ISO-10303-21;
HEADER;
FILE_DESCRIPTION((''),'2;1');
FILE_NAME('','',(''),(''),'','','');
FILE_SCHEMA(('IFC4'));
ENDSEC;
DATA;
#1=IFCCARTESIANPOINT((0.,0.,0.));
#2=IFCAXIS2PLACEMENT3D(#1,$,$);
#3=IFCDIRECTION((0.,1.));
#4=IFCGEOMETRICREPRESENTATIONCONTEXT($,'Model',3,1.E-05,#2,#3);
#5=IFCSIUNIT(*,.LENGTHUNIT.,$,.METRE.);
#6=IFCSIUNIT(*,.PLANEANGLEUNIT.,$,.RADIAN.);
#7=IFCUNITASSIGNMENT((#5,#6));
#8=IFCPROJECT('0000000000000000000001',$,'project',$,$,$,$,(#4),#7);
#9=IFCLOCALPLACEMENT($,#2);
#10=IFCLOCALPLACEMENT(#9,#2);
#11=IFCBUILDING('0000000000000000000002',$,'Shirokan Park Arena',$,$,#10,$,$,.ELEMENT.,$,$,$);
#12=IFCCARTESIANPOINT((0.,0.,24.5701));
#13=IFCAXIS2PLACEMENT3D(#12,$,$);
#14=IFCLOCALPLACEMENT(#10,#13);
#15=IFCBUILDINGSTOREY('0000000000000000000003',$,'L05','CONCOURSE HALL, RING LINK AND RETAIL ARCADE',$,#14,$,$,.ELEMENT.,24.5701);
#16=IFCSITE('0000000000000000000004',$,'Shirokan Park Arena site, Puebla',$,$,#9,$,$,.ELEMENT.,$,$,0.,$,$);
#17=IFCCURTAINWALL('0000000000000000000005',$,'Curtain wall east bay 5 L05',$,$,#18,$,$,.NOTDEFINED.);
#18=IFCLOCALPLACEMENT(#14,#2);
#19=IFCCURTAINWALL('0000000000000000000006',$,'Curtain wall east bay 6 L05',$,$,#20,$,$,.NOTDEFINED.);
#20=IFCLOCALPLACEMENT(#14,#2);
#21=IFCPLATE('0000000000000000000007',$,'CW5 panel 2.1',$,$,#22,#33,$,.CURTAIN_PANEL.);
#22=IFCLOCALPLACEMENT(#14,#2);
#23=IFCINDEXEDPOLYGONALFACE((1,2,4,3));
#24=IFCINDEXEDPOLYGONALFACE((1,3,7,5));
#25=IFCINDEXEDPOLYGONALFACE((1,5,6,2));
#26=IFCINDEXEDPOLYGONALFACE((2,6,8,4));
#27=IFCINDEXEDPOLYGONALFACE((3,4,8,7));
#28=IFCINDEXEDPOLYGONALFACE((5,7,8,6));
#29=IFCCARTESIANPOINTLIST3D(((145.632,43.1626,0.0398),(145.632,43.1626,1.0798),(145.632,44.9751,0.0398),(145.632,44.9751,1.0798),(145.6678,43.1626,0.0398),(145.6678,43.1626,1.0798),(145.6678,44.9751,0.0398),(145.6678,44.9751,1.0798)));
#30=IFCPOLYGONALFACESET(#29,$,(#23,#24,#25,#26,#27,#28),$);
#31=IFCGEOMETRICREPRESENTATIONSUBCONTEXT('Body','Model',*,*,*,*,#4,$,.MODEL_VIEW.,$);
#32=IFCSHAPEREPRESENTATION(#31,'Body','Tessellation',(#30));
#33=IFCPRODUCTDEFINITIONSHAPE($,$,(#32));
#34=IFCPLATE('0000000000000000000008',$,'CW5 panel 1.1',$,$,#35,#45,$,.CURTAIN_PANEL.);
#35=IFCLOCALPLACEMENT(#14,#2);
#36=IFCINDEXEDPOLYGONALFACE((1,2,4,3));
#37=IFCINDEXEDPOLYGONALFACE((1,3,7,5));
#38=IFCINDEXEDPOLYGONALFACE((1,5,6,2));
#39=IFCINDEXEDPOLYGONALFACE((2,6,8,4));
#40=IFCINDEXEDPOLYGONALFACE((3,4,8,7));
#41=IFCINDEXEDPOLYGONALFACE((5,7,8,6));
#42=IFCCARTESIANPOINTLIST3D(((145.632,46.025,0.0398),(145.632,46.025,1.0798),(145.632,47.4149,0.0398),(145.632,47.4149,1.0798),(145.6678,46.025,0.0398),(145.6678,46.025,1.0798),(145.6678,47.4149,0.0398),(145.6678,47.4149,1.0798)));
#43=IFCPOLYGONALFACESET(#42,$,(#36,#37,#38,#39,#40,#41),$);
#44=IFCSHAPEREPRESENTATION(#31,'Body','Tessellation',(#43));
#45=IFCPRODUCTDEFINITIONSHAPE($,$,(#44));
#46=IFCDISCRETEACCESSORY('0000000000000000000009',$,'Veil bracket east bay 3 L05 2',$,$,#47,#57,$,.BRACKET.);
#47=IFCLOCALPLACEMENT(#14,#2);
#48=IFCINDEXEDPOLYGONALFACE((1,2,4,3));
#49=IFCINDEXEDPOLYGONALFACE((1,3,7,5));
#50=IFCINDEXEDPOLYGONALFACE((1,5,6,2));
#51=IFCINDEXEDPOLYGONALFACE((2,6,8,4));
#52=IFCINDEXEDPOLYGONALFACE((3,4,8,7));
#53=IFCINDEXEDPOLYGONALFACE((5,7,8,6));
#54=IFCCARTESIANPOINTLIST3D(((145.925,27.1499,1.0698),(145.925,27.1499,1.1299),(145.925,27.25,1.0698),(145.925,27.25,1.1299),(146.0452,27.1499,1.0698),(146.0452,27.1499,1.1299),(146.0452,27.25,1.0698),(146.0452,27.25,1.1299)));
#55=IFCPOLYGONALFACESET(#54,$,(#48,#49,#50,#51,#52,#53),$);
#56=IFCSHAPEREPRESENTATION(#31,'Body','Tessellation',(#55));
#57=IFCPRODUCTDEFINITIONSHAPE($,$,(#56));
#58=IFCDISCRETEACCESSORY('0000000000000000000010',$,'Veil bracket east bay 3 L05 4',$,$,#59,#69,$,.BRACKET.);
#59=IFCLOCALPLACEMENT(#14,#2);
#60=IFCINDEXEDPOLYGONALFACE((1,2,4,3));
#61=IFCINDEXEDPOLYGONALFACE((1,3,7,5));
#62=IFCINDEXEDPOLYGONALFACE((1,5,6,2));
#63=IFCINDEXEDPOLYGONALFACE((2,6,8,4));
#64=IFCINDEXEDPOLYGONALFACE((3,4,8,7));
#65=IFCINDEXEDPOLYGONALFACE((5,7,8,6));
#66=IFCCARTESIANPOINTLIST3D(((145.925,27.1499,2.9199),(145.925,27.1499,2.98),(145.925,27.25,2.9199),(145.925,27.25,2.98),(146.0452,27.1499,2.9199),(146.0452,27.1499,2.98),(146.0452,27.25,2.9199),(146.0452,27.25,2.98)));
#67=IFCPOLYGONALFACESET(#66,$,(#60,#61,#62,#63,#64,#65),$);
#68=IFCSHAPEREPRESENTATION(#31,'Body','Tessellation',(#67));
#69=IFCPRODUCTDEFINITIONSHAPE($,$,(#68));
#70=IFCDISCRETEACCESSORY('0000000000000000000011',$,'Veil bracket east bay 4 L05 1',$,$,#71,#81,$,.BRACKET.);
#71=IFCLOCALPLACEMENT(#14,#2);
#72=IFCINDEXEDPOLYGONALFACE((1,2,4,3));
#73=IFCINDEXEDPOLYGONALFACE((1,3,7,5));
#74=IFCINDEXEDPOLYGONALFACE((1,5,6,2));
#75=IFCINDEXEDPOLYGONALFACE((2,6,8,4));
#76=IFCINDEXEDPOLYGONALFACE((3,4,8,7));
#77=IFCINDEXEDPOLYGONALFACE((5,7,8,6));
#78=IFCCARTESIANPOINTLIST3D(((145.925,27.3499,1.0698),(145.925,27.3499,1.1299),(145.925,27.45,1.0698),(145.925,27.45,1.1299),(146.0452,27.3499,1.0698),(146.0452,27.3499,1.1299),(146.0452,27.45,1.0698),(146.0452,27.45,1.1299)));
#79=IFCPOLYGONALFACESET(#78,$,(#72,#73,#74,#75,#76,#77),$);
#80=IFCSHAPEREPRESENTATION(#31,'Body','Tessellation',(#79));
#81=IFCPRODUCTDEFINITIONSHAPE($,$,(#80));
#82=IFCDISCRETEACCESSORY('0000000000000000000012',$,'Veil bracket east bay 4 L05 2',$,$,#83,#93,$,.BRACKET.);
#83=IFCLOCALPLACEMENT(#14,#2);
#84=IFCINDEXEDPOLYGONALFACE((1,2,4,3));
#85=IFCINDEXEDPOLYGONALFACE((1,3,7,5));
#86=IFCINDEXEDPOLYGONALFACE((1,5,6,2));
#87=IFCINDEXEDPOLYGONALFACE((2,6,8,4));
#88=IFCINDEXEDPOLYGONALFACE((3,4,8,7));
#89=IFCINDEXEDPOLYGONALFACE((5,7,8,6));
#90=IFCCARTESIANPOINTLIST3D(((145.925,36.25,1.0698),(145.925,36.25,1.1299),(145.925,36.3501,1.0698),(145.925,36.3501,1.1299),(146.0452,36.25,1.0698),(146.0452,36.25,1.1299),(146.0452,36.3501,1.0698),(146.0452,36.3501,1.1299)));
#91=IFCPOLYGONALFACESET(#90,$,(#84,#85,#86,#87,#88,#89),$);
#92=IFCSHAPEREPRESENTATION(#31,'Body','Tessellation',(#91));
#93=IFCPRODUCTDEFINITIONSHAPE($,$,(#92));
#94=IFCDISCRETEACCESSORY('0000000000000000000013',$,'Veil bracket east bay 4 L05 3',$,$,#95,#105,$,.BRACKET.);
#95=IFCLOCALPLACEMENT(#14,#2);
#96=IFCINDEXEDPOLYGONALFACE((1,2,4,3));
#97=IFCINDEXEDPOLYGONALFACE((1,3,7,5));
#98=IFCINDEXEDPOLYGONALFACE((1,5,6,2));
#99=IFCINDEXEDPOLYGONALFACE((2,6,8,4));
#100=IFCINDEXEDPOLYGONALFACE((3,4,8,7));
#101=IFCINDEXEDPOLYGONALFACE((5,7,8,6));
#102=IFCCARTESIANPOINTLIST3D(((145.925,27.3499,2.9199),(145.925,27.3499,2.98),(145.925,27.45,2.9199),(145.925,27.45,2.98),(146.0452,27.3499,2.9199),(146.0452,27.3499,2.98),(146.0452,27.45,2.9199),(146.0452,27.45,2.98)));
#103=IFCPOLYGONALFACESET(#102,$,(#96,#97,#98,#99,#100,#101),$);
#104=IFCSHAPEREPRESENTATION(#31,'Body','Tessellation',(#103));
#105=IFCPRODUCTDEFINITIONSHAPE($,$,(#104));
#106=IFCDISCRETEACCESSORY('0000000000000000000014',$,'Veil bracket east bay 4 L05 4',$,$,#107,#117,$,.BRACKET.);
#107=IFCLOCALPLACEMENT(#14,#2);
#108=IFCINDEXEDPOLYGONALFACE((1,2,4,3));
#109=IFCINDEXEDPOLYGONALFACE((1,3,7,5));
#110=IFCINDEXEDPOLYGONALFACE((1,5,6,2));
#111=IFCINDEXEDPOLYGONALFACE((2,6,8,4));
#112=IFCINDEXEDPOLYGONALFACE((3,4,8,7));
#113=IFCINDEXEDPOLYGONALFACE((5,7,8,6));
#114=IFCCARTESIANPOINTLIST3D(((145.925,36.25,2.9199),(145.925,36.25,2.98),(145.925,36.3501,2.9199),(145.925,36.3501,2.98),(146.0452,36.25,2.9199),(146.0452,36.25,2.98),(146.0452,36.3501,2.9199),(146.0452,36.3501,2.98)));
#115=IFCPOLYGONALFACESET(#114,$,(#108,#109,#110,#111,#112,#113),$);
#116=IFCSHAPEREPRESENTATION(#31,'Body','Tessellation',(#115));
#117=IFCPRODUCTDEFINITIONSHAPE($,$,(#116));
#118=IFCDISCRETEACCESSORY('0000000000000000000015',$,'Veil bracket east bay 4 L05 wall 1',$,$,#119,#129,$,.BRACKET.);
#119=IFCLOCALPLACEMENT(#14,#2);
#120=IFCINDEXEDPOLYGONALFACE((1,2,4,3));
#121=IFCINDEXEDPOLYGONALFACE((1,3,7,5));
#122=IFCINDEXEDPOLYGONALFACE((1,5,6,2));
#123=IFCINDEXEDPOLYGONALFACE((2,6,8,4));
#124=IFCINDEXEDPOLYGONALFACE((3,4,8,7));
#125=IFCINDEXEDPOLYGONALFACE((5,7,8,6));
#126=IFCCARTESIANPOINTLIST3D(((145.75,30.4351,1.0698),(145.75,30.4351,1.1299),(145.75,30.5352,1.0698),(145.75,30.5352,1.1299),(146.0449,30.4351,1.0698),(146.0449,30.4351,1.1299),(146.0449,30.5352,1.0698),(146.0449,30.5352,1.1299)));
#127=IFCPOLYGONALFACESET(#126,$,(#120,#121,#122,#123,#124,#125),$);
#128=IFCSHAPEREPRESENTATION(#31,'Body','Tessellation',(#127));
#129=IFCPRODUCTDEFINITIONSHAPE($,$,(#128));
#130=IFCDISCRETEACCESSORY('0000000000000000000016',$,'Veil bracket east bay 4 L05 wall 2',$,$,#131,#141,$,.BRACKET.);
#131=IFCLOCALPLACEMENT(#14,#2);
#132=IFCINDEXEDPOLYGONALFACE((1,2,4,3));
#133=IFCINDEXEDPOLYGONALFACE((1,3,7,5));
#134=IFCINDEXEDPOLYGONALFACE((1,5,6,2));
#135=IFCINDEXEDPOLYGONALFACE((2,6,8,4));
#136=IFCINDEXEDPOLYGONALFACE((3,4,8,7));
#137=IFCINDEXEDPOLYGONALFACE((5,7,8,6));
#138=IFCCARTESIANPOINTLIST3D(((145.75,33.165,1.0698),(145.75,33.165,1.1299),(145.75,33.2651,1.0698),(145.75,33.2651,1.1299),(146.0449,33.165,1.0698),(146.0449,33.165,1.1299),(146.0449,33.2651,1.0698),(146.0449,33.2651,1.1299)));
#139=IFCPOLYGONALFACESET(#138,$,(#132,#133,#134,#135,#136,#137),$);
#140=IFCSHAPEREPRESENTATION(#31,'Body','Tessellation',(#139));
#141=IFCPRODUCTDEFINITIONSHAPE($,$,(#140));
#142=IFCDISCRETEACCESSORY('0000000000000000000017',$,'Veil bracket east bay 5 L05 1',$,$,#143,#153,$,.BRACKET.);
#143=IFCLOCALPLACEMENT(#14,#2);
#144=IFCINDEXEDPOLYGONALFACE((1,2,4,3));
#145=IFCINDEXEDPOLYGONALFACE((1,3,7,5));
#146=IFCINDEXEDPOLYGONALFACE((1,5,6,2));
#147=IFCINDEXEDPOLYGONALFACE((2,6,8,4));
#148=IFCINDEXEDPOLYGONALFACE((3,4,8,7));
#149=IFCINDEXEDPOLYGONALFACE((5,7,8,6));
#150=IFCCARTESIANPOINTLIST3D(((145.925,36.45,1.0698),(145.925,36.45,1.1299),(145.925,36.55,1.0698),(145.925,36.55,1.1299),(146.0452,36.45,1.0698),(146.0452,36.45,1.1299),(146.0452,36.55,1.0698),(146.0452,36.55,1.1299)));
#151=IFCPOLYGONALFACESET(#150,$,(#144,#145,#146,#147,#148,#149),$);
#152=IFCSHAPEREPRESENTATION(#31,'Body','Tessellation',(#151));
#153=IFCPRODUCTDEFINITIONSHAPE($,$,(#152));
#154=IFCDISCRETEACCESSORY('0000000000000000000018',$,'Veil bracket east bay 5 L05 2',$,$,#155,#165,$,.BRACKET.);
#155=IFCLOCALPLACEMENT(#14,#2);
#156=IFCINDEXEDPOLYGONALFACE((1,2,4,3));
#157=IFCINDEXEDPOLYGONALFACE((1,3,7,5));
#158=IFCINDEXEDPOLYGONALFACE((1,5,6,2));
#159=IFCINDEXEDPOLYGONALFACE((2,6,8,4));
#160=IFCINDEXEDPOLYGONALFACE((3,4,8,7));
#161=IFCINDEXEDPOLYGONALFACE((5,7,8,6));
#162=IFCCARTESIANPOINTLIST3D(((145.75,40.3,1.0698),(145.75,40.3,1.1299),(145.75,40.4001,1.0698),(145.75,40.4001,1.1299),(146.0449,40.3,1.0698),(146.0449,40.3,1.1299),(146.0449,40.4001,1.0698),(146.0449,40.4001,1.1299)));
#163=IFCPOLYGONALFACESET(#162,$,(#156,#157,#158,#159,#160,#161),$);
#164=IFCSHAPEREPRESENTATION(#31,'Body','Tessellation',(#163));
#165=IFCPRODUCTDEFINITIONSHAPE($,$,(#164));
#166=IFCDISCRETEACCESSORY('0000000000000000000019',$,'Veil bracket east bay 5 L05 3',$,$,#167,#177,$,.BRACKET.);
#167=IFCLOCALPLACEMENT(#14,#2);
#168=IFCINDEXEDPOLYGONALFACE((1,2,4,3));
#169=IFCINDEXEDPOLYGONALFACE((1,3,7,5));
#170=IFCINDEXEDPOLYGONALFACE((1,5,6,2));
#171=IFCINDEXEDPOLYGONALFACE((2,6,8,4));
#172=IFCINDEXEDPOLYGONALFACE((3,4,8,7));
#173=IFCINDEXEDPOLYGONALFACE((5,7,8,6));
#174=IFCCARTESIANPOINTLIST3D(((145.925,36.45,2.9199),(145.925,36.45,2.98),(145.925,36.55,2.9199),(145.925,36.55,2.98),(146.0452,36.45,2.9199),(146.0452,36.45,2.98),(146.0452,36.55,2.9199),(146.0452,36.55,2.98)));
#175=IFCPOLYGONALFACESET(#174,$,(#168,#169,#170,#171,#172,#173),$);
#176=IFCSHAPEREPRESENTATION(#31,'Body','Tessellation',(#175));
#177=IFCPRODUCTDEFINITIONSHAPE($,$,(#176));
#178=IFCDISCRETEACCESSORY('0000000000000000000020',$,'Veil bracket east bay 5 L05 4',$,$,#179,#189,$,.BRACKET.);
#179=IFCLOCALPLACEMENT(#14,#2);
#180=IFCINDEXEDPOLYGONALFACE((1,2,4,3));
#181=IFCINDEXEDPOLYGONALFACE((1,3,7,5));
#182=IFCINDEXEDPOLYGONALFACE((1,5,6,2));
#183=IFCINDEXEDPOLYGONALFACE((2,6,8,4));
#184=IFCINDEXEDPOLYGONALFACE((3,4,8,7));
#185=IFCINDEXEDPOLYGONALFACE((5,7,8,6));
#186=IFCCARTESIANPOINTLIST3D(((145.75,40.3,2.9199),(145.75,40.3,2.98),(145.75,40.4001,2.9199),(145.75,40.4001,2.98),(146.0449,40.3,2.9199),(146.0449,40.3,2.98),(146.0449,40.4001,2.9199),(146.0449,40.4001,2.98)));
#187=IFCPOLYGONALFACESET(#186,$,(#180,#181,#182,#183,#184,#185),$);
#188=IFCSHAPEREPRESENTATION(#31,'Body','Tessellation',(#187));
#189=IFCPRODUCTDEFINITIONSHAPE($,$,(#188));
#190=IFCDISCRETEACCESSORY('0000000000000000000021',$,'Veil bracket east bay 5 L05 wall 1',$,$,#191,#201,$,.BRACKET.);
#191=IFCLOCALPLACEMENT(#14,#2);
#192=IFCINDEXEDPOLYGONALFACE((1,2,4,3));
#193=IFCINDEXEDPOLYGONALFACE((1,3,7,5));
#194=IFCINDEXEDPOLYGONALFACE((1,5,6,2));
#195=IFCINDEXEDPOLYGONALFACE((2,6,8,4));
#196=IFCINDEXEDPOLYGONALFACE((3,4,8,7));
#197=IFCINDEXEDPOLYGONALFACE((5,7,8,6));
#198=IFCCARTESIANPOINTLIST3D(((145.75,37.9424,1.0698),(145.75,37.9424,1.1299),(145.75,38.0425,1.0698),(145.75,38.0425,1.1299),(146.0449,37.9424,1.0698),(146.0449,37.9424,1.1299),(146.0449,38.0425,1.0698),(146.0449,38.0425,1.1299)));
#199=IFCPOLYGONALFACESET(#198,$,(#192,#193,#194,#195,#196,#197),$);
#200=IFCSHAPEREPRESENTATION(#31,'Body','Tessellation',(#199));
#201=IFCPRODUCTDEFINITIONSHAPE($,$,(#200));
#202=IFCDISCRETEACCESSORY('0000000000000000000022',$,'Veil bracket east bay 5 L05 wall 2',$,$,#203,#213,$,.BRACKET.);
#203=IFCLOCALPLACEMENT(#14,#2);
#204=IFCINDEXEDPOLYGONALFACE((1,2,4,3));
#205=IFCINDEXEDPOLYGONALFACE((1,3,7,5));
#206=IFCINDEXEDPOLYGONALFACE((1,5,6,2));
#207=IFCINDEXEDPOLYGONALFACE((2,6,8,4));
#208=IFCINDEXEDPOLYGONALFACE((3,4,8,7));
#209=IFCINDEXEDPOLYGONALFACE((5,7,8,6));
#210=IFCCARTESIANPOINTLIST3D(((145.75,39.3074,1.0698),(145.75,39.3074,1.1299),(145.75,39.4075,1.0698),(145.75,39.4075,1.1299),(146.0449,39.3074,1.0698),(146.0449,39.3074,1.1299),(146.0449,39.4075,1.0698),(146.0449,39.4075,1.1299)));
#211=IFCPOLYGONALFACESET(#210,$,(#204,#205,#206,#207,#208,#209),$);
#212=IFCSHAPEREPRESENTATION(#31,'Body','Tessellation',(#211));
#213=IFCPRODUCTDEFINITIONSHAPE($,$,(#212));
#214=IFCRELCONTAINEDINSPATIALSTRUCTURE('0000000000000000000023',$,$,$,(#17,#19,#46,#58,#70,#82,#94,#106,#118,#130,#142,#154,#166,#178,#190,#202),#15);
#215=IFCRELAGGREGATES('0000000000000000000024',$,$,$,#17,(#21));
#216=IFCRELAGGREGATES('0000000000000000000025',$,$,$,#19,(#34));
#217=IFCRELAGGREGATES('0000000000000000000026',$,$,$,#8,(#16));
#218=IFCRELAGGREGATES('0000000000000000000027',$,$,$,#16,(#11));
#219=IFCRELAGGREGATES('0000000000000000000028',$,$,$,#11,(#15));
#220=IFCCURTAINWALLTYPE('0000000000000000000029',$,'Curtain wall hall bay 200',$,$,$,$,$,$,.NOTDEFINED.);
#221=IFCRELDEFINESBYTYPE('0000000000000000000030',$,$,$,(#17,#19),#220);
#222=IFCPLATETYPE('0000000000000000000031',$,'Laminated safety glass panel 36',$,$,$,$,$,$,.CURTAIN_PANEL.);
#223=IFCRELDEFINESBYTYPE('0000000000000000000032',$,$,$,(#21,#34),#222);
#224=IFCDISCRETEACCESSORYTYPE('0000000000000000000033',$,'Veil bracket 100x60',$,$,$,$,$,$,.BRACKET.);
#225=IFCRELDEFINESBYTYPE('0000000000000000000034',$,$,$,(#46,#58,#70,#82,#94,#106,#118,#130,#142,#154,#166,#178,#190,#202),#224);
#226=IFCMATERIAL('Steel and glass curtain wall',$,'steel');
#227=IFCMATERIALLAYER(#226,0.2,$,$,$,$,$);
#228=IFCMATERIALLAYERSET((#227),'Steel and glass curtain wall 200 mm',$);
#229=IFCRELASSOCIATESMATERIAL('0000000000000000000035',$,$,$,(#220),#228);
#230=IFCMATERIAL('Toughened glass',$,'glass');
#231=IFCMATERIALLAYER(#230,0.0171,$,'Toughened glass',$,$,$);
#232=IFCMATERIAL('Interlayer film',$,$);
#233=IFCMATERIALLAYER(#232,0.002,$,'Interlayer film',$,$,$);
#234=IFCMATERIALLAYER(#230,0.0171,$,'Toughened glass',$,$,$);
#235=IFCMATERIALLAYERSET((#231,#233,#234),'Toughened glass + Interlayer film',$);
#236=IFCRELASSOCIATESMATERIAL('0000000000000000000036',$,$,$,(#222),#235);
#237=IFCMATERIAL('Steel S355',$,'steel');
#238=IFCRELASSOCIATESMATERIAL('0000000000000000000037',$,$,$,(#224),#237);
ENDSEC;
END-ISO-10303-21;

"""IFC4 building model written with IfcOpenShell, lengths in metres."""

from ifc_helpers import new_model, si_unit, direction, frame, origin, origin_2d, place, context, subcontext, project, spatial, rectangle, extrude, material, layer, layer_set, type_object, element, aggregate, save


model = new_model("IFC4")

# Units and contexts
model_context = context("Model", 3, precision=1e-05, world=origin(), true_north=direction((0.0, 1.0)))
body_context = subcontext(model_context, "Body", "Model", "MODEL_VIEW")
ifc_project = project(units=[si_unit("LENGTHUNIT", "METRE"), si_unit("PLANEANGLEUNIT", "RADIAN")], contexts=[model_context])

# Site, building, storey
site_placement = place(None, origin())
site = spatial("IfcSite", under=ifc_project, at=site_placement, Name="Shirokan Park Arena site, Puebla", CompositionType="ELEMENT", RefElevation=0.0)
building_placement = place(site_placement, origin())
building = spatial("IfcBuilding", under=site, at=building_placement, Name="Shirokan Park Arena", CompositionType="ELEMENT")
storey_placement = place(building_placement, frame((0.0, 0.0, 24.5701)))
storey = spatial("IfcBuildingStorey", under=building, at=storey_placement, Name="L05", Description="CONCOURSE HALL, RING LINK AND RETAIL ARCADE", CompositionType="ELEMENT", Elevation=24.5701)

# Curtain wall
ifc_material_1 = material(Name="Steel and glass curtain wall", Category="steel")
ifc_layer_1 = layer(ifc_material_1, 0.2)
ifc_layer_set_1 = layer_set([ifc_layer_1], Name="Steel and glass curtain wall 200 mm")
curtain_wall_type = type_object("IfcCurtainWallType", Name="Curtain wall hall bay 200", PredefinedType="NOTDEFINED", material=ifc_layer_set_1)
curtain_wall_1_placement = place(storey_placement, origin())
curtain_wall_1 = element("IfcCurtainWall", 1, at=curtain_wall_1_placement, inside=storey, type_object=curtain_wall_type, Name="Curtain wall east bay 5 L05", PredefinedType="NOTDEFINED")
ifc_material_2 = material(Name="Steel S355", Category="steel")

# Curtain wall
curtain_wall_2_placement = place(storey_placement, origin())
curtain_wall_2 = element("IfcCurtainWall", 2, at=curtain_wall_2_placement, inside=storey, type_object=curtain_wall_type, Name="Curtain wall east bay 6 L05", PredefinedType="NOTDEFINED")

# Plates
ifc_material_3 = material(Name="Toughened glass", Category="glass")
ifc_material_4 = material(Name="Interlayer film")
ifc_layer_2 = layer(ifc_material_3, 0.0171, Name="Toughened glass")
ifc_layer_3 = layer(ifc_material_4, 0.002, Name="Interlayer film")
ifc_layer_4 = layer(ifc_material_3, 0.0171, Name="Toughened glass")
ifc_layer_set_2 = layer_set([ifc_layer_2, ifc_layer_3, ifc_layer_4], Name="Toughened glass + Interlayer film")
plate_type_1 = type_object("IfcPlateType", Name="Laminated safety glass panel 36", PredefinedType="CURTAIN_PANEL", material=ifc_layer_set_2)
plate_1_placement = place(storey_placement, frame((145.6499, 44.0688, 0.0398), z_axis=(0.0, 0.0, 1.0), x_axis=(0.0, 1.0, 0.0)))
plate_1 = element("IfcPlate", 3, at=plate_1_placement, type_object=plate_type_1, Name="CW5 panel 2.1", PredefinedType="CURTAIN_PANEL", context=body_context, shape_type="SweptSolid", body=[
    extrude(rectangle(XDim=1.8125, YDim=0.0359, at=origin_2d()), origin(), (0.0, 0.0, 1.0), 1.04),
])
aggregate(curtain_wall_1, [plate_1])
plate_2_placement = place(storey_placement, frame((145.6499, 46.72, 0.0398), z_axis=(0.0, 0.0, 1.0), x_axis=(0.0, 1.0, 0.0)))
plate_2 = element("IfcPlate", 4, at=plate_2_placement, type_object=plate_type_1, Name="CW5 panel 1.1", PredefinedType="CURTAIN_PANEL", context=body_context, shape_type="SweptSolid", body=[
    extrude(rectangle(XDim=1.3899, YDim=0.0359, at=origin_2d()), origin(), (0.0, 0.0, 1.0), 1.04),
])
aggregate(curtain_wall_2, [plate_2])

# Discrete accessories
discrete_accessory_type = type_object("IfcDiscreteAccessoryType", Name="Veil bracket 100x60", PredefinedType="BRACKET", material=ifc_material_2)
for number, where, z_axis, x_axis, name in (
    (5, (145.9851, 27.2, 1.0698), (0.0, 0.0, 1.0), (0.0, 1.0, 0.0), "Veil bracket east bay 3 L05 2"),
    (6, (145.9851, 27.2, 2.9199), (0.0, 0.0, 1.0), (0.0, 1.0, 0.0), "Veil bracket east bay 3 L05 4"),
    (7, (145.9851, 27.3999, 1.0698), (0.0, 0.0, 1.0), (0.0, 1.0, 0.0), "Veil bracket east bay 4 L05 1"),
    (8, (145.9851, 36.3, 1.0698), (0.0, 0.0, 1.0), (0.0, 1.0, 0.0), "Veil bracket east bay 4 L05 2"),
    (9, (145.9851, 27.3999, 2.9199), (0.0, 0.0, 1.0), (0.0, 1.0, 0.0), "Veil bracket east bay 4 L05 3"),
    (10, (145.9851, 36.3, 2.9199), (0.0, 0.0, 1.0), (0.0, 1.0, 0.0), "Veil bracket east bay 4 L05 4"),
):
    element("IfcDiscreteAccessory", number, at=place(storey_placement, frame(where, z_axis=z_axis, x_axis=x_axis)), inside=storey, type_object=discrete_accessory_type, Name=name, PredefinedType="BRACKET", context=body_context, shape_type="SweptSolid", body=[
        extrude(rectangle(XDim=0.1001, YDim=0.1201, at=origin_2d()), origin(), (0.0, 0.0, 1.0), 0.0601),
    ])
for number, where, z_axis, x_axis, name in (
    (11, (145.8975, 30.4851, 1.0698), (0.0, 0.0, 1.0), (0.0, 1.0, 0.0), "Veil bracket east bay 4 L05 wall 1"),
    (12, (145.8975, 33.2151, 1.0698), (0.0, 0.0, 1.0), (0.0, 1.0, 0.0), "Veil bracket east bay 4 L05 wall 2"),
):
    element("IfcDiscreteAccessory", number, at=place(storey_placement, frame(where, z_axis=z_axis, x_axis=x_axis)), inside=storey, type_object=discrete_accessory_type, Name=name, PredefinedType="BRACKET", context=body_context, shape_type="SweptSolid", body=[
        extrude(rectangle(XDim=0.1001, YDim=0.2949, at=origin_2d()), origin(), (0.0, 0.0, 1.0), 0.0601),
    ])
discrete_accessory_1_placement = place(storey_placement, frame((145.9851, 36.5, 1.0698), z_axis=(0.0, 0.0, 1.0), x_axis=(0.0, 1.0, 0.0)))
element("IfcDiscreteAccessory", 13, at=discrete_accessory_1_placement, inside=storey, type_object=discrete_accessory_type, Name="Veil bracket east bay 5 L05 1", PredefinedType="BRACKET", context=body_context, shape_type="SweptSolid", body=[
    extrude(rectangle(XDim=0.1001, YDim=0.1201, at=origin_2d()), origin(), (0.0, 0.0, 1.0), 0.0601),
])
discrete_accessory_2_placement = place(storey_placement, frame((145.8975, 40.3501, 1.0698), z_axis=(0.0, 0.0, 1.0), x_axis=(0.0, 1.0, 0.0)))
element("IfcDiscreteAccessory", 14, at=discrete_accessory_2_placement, inside=storey, type_object=discrete_accessory_type, Name="Veil bracket east bay 5 L05 2", PredefinedType="BRACKET", context=body_context, shape_type="SweptSolid", body=[
    extrude(rectangle(XDim=0.1001, YDim=0.2949, at=origin_2d()), origin(), (0.0, 0.0, 1.0), 0.0601),
])
discrete_accessory_3_placement = place(storey_placement, frame((145.9851, 36.5, 2.9199), z_axis=(0.0, 0.0, 1.0), x_axis=(0.0, 1.0, 0.0)))
element("IfcDiscreteAccessory", 15, at=discrete_accessory_3_placement, inside=storey, type_object=discrete_accessory_type, Name="Veil bracket east bay 5 L05 3", PredefinedType="BRACKET", context=body_context, shape_type="SweptSolid", body=[
    extrude(rectangle(XDim=0.1001, YDim=0.1201, at=origin_2d()), origin(), (0.0, 0.0, 1.0), 0.0601),
])
for number, where, z_axis, x_axis, name in (
    (16, (145.8975, 40.3501, 2.9199), (0.0, 0.0, 1.0), (0.0, 1.0, 0.0), "Veil bracket east bay 5 L05 4"),
    (17, (145.8975, 37.9924, 1.0698), (0.0, 0.0, 1.0), (0.0, 1.0, 0.0), "Veil bracket east bay 5 L05 wall 1"),
    (18, (145.8975, 39.3574, 1.0698), (0.0, 0.0, 1.0), (0.0, 1.0, 0.0), "Veil bracket east bay 5 L05 wall 2"),
):
    element("IfcDiscreteAccessory", number, at=place(storey_placement, frame(where, z_axis=z_axis, x_axis=x_axis)), inside=storey, type_object=discrete_accessory_type, Name=name, PredefinedType="BRACKET", context=body_context, shape_type="SweptSolid", body=[
        extrude(rectangle(XDim=0.1001, YDim=0.2949, at=origin_2d()), origin(), (0.0, 0.0, 1.0), 0.0601),
    ])

save(model, "model.ifc")
